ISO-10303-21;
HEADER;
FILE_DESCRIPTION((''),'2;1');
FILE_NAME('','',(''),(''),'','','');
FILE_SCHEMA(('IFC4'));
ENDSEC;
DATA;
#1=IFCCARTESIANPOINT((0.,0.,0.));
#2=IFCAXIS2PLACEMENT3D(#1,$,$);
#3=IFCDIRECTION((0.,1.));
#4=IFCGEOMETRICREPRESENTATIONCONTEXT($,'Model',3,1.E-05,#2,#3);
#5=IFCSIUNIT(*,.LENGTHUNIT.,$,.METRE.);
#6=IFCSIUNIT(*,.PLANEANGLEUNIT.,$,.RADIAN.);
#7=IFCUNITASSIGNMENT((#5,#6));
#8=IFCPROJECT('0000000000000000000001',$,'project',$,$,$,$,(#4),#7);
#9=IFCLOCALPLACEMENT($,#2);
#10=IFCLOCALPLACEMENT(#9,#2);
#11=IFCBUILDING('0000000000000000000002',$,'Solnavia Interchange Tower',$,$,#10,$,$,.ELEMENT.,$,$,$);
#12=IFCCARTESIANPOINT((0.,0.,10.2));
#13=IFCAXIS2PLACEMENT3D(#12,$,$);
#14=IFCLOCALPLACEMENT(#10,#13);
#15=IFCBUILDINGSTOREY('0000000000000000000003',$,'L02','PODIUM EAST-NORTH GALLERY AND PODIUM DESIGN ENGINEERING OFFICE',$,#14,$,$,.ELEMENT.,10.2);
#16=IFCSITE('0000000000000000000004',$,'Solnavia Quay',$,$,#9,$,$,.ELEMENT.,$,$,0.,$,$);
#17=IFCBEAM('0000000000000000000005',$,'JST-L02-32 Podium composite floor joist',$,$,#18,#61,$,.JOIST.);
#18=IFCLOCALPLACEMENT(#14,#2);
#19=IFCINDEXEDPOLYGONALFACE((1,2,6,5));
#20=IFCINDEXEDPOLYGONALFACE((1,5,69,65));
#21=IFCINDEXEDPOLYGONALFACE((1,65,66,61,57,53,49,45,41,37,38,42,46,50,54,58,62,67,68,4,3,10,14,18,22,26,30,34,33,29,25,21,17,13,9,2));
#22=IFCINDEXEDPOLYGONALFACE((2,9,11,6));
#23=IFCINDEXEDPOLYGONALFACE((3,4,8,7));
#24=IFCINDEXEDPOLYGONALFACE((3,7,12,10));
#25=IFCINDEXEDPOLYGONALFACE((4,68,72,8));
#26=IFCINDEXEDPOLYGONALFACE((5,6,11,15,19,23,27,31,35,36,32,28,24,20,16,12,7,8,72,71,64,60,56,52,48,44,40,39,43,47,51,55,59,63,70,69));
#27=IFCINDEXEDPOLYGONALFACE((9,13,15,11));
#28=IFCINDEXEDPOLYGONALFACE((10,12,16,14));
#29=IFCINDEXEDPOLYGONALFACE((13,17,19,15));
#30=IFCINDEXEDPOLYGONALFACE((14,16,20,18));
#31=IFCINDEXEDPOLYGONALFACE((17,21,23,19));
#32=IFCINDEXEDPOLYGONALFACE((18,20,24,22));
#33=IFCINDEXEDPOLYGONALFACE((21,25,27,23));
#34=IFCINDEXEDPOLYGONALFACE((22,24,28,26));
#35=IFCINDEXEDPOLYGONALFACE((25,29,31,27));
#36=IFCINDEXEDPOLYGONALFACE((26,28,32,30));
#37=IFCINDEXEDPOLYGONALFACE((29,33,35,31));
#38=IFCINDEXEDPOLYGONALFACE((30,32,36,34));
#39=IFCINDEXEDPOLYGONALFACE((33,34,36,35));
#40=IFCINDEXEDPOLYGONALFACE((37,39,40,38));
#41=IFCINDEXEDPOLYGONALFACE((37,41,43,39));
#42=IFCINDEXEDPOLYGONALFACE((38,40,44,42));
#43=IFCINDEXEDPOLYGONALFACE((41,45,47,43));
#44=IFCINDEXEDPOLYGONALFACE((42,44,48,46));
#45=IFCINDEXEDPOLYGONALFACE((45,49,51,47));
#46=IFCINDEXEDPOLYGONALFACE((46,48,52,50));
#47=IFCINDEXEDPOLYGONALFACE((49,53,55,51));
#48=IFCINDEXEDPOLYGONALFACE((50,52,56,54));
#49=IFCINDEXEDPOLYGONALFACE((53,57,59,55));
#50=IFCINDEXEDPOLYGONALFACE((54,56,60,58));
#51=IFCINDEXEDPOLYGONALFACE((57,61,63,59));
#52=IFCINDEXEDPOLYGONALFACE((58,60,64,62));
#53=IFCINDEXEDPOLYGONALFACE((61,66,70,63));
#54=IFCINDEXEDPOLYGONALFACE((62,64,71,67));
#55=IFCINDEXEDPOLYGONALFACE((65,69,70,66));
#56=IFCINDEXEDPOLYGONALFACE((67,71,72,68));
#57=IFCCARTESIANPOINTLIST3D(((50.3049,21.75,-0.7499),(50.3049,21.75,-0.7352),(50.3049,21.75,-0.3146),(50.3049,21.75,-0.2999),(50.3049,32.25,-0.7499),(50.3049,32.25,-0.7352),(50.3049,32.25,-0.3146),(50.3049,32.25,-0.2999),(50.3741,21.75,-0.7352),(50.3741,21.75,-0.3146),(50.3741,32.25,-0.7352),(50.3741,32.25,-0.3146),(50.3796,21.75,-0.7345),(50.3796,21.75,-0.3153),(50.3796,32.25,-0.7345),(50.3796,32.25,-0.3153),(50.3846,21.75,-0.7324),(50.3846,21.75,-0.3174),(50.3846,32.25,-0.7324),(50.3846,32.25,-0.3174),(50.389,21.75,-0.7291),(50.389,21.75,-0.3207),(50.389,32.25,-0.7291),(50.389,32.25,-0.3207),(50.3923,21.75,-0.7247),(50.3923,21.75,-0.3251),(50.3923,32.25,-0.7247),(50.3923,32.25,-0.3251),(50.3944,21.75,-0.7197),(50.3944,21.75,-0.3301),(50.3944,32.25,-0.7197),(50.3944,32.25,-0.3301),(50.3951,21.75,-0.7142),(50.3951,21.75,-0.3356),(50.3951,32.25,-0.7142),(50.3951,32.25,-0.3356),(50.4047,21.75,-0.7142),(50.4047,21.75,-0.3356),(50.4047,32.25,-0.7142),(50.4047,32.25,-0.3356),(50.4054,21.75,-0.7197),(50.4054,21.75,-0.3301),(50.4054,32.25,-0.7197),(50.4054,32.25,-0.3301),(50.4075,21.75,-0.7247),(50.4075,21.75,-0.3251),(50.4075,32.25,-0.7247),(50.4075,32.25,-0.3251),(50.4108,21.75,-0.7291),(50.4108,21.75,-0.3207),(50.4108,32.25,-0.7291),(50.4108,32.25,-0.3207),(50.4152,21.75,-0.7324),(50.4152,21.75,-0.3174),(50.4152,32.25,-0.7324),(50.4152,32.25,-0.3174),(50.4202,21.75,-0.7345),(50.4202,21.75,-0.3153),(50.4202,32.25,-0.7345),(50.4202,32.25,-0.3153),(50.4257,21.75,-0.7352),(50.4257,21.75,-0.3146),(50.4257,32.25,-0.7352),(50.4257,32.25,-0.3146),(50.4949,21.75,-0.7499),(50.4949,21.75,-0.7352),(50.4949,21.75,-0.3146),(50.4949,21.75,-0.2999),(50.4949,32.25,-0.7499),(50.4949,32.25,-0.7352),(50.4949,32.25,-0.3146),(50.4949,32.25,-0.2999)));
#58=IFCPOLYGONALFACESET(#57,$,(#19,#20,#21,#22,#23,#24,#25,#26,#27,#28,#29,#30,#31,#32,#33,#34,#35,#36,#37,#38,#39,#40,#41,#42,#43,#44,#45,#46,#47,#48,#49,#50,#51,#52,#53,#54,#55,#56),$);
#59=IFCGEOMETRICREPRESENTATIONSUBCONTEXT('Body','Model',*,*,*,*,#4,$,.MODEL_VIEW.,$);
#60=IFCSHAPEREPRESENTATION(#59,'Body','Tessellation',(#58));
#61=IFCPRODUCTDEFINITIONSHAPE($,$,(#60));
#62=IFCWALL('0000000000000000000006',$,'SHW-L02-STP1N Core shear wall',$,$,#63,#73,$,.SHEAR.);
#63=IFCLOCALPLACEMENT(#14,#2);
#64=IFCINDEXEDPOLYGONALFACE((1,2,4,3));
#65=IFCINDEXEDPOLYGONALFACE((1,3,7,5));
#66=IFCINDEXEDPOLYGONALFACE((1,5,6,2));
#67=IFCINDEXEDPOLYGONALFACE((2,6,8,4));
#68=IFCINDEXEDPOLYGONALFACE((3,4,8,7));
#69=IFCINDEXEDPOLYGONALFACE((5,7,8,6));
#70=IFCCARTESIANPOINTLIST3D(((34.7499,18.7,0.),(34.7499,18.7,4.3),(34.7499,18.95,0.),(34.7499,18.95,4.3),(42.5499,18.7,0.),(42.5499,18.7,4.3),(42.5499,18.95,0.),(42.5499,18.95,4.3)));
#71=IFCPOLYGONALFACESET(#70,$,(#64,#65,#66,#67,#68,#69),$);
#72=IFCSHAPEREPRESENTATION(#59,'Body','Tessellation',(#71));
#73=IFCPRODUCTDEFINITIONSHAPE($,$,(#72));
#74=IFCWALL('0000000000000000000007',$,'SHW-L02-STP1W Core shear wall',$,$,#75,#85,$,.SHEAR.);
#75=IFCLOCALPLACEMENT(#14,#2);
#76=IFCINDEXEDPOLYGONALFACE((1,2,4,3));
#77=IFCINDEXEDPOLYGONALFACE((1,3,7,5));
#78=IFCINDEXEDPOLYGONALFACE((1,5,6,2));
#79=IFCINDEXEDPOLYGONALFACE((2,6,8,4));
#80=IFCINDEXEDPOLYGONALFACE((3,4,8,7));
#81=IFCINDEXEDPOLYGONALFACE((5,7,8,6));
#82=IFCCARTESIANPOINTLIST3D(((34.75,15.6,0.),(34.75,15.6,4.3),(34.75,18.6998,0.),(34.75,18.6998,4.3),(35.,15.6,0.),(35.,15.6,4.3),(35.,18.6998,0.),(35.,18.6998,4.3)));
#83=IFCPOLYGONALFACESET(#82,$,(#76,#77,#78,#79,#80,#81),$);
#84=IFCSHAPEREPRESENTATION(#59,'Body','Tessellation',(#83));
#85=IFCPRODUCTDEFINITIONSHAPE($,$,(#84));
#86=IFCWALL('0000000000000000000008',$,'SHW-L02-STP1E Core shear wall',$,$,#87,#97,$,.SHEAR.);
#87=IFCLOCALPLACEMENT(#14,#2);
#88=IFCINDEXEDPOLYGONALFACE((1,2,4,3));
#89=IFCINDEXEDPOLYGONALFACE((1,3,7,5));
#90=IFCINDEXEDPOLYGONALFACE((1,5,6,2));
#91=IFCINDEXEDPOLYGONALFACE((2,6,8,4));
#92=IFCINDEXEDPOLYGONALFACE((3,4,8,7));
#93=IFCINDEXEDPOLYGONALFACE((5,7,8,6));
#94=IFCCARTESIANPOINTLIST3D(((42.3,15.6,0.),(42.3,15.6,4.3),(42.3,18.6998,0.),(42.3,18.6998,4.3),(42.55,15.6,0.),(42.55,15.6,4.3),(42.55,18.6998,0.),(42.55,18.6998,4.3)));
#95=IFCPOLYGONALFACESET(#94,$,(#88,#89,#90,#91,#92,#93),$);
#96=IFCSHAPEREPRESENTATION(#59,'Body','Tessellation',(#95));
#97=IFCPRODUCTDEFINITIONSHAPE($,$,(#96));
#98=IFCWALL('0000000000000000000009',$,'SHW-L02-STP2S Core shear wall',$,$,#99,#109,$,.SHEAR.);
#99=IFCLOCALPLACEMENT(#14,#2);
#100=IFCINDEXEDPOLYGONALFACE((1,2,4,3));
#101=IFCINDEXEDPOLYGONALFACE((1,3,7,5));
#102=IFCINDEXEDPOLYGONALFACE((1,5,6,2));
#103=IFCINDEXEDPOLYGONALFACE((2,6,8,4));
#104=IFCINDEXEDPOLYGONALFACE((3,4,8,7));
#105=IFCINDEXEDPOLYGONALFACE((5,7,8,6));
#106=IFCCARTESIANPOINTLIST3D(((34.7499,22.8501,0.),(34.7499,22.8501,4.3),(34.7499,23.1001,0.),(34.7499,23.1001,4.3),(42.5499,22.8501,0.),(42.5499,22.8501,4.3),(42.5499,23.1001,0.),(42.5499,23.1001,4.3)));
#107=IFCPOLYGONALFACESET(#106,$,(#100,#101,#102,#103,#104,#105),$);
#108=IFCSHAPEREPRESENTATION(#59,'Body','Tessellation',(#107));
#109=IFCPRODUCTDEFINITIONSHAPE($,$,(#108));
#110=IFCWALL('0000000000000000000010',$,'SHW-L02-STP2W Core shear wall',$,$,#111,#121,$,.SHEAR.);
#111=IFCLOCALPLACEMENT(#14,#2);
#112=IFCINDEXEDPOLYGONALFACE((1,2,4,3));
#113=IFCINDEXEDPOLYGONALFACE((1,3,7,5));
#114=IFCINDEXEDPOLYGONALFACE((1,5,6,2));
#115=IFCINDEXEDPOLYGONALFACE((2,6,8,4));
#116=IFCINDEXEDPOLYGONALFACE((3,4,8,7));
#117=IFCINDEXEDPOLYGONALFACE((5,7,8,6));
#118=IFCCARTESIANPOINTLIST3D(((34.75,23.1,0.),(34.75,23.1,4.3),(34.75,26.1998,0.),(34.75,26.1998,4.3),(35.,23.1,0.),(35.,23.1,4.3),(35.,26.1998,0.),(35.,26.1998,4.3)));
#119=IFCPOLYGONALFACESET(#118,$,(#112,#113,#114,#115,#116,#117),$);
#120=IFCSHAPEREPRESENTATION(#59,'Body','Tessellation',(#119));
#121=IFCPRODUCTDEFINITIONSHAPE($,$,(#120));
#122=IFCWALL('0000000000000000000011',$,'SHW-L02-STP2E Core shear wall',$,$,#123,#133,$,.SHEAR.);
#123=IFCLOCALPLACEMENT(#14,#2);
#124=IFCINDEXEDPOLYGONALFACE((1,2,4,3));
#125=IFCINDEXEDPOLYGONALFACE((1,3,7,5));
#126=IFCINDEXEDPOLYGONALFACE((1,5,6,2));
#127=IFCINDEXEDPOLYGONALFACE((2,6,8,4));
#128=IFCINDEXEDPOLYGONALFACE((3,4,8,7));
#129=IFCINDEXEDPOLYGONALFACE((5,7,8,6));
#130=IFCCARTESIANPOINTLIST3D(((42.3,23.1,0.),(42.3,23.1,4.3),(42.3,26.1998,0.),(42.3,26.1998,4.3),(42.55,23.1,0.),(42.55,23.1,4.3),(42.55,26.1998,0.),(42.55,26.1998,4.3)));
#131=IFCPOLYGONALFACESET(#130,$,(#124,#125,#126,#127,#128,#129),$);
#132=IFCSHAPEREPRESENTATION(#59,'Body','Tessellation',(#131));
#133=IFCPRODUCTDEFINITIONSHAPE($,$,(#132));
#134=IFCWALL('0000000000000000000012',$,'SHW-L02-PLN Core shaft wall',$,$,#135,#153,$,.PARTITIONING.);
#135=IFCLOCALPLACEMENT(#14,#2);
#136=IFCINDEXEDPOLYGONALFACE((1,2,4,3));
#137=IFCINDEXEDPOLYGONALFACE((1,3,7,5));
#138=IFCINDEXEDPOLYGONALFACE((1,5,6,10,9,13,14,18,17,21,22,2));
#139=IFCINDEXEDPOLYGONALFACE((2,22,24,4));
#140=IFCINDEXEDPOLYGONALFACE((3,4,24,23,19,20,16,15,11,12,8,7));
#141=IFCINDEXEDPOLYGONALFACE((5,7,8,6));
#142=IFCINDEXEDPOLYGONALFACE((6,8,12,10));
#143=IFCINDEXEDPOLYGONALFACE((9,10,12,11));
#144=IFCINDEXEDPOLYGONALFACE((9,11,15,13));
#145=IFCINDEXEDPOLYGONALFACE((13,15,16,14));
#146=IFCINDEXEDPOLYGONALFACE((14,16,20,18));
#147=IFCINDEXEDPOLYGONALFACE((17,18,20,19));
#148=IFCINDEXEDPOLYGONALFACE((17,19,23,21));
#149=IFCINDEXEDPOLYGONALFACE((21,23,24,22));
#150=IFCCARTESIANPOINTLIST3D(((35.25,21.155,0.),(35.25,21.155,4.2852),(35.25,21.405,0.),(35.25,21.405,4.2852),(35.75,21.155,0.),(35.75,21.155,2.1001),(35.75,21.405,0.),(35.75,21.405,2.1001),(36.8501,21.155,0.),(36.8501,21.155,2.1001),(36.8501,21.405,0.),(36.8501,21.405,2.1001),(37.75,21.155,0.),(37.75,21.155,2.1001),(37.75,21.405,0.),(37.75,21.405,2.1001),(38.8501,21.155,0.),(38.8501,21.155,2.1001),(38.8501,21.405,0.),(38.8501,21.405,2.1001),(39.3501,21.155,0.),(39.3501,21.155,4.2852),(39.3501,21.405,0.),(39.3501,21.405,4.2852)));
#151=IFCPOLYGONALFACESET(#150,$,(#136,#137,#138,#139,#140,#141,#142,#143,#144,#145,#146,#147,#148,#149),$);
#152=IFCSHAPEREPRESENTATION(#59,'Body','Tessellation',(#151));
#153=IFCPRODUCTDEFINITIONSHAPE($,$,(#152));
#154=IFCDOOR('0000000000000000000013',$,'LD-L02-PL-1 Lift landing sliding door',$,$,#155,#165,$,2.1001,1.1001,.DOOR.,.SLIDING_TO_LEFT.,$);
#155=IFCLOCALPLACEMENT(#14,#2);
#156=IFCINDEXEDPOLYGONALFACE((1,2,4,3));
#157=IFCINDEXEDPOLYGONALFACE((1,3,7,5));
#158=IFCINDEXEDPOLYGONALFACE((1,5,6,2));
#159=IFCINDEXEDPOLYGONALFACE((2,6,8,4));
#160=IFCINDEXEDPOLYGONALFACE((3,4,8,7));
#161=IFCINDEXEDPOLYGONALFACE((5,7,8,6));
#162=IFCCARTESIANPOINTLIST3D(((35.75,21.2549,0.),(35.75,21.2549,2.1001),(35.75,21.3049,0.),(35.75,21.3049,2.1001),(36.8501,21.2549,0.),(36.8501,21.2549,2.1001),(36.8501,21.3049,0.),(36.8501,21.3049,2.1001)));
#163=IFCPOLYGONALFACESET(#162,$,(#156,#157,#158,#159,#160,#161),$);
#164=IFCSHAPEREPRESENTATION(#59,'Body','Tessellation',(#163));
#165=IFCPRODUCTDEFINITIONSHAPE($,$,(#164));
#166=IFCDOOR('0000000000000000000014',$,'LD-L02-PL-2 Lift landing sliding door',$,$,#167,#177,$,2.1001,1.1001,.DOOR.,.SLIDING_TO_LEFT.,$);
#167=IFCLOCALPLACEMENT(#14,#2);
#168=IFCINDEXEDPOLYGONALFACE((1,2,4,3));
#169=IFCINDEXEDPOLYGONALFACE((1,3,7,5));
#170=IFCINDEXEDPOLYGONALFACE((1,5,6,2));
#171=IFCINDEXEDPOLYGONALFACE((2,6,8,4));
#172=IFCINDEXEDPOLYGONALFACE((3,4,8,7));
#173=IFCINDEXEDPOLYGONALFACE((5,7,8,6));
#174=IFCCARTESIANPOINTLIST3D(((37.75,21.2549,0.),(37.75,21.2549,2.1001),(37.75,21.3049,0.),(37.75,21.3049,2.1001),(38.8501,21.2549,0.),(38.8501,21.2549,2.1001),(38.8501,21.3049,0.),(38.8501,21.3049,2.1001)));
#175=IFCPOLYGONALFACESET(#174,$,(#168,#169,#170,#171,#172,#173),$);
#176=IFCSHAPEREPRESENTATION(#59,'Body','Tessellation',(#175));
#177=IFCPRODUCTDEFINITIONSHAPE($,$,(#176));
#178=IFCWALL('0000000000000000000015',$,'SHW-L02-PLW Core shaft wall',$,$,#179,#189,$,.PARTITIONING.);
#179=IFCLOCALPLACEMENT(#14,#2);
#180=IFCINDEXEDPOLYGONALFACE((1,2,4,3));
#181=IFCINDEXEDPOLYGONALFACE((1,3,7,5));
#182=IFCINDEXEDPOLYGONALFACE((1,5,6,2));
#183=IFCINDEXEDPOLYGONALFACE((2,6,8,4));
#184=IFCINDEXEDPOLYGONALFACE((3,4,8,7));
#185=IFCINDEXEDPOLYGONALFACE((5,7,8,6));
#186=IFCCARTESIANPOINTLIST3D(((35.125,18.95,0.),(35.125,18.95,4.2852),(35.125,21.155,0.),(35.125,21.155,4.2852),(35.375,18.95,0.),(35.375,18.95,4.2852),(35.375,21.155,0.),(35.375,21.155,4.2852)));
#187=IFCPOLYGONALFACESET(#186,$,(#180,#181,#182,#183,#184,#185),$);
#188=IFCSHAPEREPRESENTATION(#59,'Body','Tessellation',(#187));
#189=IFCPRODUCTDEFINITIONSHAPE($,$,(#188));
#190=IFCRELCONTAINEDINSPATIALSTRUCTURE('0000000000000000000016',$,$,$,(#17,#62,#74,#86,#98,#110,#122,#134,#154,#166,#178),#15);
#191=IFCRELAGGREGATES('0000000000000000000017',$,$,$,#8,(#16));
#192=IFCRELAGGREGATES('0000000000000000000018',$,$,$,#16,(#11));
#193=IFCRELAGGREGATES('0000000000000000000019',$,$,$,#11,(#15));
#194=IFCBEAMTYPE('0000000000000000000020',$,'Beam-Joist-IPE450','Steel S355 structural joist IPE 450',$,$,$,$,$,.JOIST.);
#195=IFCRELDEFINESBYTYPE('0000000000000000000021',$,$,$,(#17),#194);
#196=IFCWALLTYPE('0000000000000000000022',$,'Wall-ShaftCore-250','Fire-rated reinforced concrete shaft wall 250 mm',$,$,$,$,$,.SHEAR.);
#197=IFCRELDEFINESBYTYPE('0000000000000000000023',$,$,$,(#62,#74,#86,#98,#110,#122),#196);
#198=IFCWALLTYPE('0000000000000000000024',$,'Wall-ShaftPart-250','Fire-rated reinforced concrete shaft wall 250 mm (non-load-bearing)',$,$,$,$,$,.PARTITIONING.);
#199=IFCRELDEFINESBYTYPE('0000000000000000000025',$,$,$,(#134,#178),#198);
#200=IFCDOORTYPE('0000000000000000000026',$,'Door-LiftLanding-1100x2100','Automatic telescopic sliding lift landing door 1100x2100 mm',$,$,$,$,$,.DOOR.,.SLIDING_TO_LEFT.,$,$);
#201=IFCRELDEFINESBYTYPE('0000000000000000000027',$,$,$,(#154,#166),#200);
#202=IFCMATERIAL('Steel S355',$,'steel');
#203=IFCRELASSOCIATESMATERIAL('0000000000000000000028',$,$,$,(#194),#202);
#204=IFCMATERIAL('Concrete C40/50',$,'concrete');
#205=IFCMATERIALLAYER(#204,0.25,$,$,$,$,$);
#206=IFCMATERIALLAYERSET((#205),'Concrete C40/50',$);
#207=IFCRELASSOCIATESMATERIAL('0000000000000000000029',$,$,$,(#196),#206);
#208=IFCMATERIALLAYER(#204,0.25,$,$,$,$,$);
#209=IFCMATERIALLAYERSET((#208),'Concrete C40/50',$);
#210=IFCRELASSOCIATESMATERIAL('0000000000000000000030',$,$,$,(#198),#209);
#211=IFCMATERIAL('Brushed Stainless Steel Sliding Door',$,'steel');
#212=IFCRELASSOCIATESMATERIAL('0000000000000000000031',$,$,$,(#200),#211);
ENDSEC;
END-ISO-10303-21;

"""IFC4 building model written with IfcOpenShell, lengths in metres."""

from ifc_helpers import new_model, si_unit, direction, frame, frame_2d, origin, origin_2d, place, context, subcontext, project, spatial, rectangle, i_section, extrude, material, layer, layer_set, material_profile, profile_set, type_object, element, fill, save


model = new_model("IFC4")

# Units and contexts
model_context = context("Model", 3, precision=1e-05, world=origin(), true_north=direction((0.0, 1.0)))
body_context = subcontext(model_context, "Body", "Model", "MODEL_VIEW")
ifc_project = project(units=[si_unit("LENGTHUNIT", "METRE"), si_unit("PLANEANGLEUNIT", "RADIAN")], contexts=[model_context])

# Site, building, storey
site_placement = place(None, origin())
site = spatial("IfcSite", under=ifc_project, at=site_placement, Name="Solnavia Quay", CompositionType="ELEMENT", RefElevation=0.0)
building_placement = place(site_placement, origin())
building = spatial("IfcBuilding", under=site, at=building_placement, Name="Solnavia Interchange Tower", CompositionType="ELEMENT")
storey_placement = place(building_placement, frame((0.0, 0.0, 10.2)))
storey = spatial("IfcBuildingStorey", under=building, at=storey_placement, Name="L02", Description="PODIUM EAST-NORTH GALLERY AND PODIUM DESIGN ENGINEERING OFFICE", CompositionType="ELEMENT", Elevation=10.2)

# Beam
ifc_material_1 = material(Name="Steel S355", Category="steel")
ifc_material_profile_1 = material_profile(ifc_material_1, i_section(OverallWidth=0.1899, OverallDepth=0.45, WebThickness=0.0095, FlangeThickness=0.0146, FilletRadius=0.021, at=origin_2d()), Name="IPE 450")
ifc_profile_set_1 = profile_set([ifc_material_profile_1], Name="Steel S355")
beam_type_1 = type_object("IfcBeamType", Name="Beam-Joist-IPE450", Description="Steel S355 structural joist IPE 450", PredefinedType="JOIST", material=ifc_profile_set_1)
for number, where, z_axis, x_axis, name in (
    (1, (50.3999, 21.75, -0.5249), (0.0, 1.0, 0.0), (-1.0, 0.0, 0.0), "JST-L02-32 Podium composite floor joist"),
):
    element("IfcBeam", number, at=place(storey_placement, frame(where, z_axis=z_axis, x_axis=x_axis)), inside=storey, type_object=beam_type_1, Name=name, PredefinedType="JOIST", context=body_context, shape_type="SweptSolid", body=[
        extrude(i_section(OverallWidth=0.1899, OverallDepth=0.45, WebThickness=0.0095, FlangeThickness=0.0146, FilletRadius=0.021, at=origin_2d()), origin(), (0.0, 0.0, 1.0), 10.5),
    ])

# Walls
ifc_material_2 = material(Name="Concrete C40/50", Category="concrete")
ifc_layer_1 = layer(ifc_material_2, 0.25)
ifc_layer_set_1 = layer_set([ifc_layer_1], Name="Concrete C40/50")
wall_type_1 = type_object("IfcWallType", Name="Wall-ShaftCore-250", Description="Fire-rated reinforced concrete shaft wall 250 mm", PredefinedType="SHEAR", material=ifc_layer_set_1)
wall_1_placement = place(storey_placement, frame((34.75, 18.825, 0.0), z_axis=(0.0, 0.0, 1.0), x_axis=(1.0, 0.0, 0.0)))
element("IfcWall", 2, at=wall_1_placement, inside=storey, type_object=wall_type_1, Name="SHW-L02-STP1N Core shear wall", PredefinedType="SHEAR", context=body_context, shape_type="SweptSolid", body=[
    extrude(rectangle(XDim=7.8, YDim=0.25, at=frame_2d((3.8999, 0.0))), origin(), (0.0, 0.0, 1.0), 4.3),
])
for number, where, z_axis, x_axis, name in (
    (3, (34.875, 15.6001, 0.0), (0.0, 0.0, 1.0), (0.0, 1.0, 0.0), "SHW-L02-STP1W Core shear wall"),
    (4, (42.425, 15.6001, 0.0), (0.0, 0.0, 1.0), (0.0, 1.0, 0.0), "SHW-L02-STP1E Core shear wall"),
):
    element("IfcWall", number, at=place(storey_placement, frame(where, z_axis=z_axis, x_axis=x_axis)), inside=storey, type_object=wall_type_1, Name=name, PredefinedType="SHEAR", context=body_context, shape_type="SweptSolid", body=[
        extrude(rectangle(XDim=3.0999, YDim=0.25, at=frame_2d((1.5498, 0.0))), origin(), (0.0, 0.0, 1.0), 4.3),
    ])
wall_2_placement = place(storey_placement, frame((34.75, 22.9751, 0.0), z_axis=(0.0, 0.0, 1.0), x_axis=(1.0, 0.0, 0.0)))
element("IfcWall", 5, at=wall_2_placement, inside=storey, type_object=wall_type_1, Name="SHW-L02-STP2S Core shear wall", PredefinedType="SHEAR", context=body_context, shape_type="SweptSolid", body=[
    extrude(rectangle(XDim=7.8, YDim=0.25, at=frame_2d((3.8999, 0.0))), origin(), (0.0, 0.0, 1.0), 4.3),
])
for number, where, z_axis, x_axis, name in (
    (6, (34.875, 23.1001, 0.0), (0.0, 0.0, 1.0), (0.0, 1.0, 0.0), "SHW-L02-STP2W Core shear wall"),
    (7, (42.425, 23.1001, 0.0), (0.0, 0.0, 1.0), (0.0, 1.0, 0.0), "SHW-L02-STP2E Core shear wall"),
):
    element("IfcWall", number, at=place(storey_placement, frame(where, z_axis=z_axis, x_axis=x_axis)), inside=storey, type_object=wall_type_1, Name=name, PredefinedType="SHEAR", context=body_context, shape_type="SweptSolid", body=[
        extrude(rectangle(XDim=3.0999, YDim=0.25, at=frame_2d((1.5498, 0.0))), origin(), (0.0, 0.0, 1.0), 4.3),
    ])

# Wall, openings, doors
ifc_layer_2 = layer(ifc_material_2, 0.25)
ifc_layer_set_2 = layer_set([ifc_layer_2], Name="Concrete C40/50")
wall_type_2 = type_object("IfcWallType", Name="Wall-ShaftPart-250", Description="Fire-rated reinforced concrete shaft wall 250 mm (non-load-bearing)", PredefinedType="PARTITIONING", material=ifc_layer_set_2)
wall_3_placement = place(storey_placement, frame((35.25, 21.28, 0.0), z_axis=(0.0, 0.0, 1.0), x_axis=(1.0, 0.0, 0.0)))
wall_3 = element("IfcWall", 8, at=wall_3_placement, inside=storey, type_object=wall_type_2, Name="SHW-L02-PLN Core shaft wall", PredefinedType="PARTITIONING", context=body_context, shape_type="SweptSolid", body=[
    extrude(rectangle(XDim=4.1001, YDim=0.25, at=frame_2d((2.05, 0.0))), origin(), (0.0, 0.0, 1.0), 4.2852),
])
opening_1_placement = place(wall_3_placement, frame((0.5, 0.0, 0.0)))
opening_1 = element("IfcOpeningElement", 9, at=opening_1_placement, cuts=wall_3, PredefinedType="OPENING", context=body_context, shape_type="SweptSolid", body=[
    extrude(rectangle(XDim=1.1001, YDim=2.1001, at=frame_2d((0.55, 1.05))), frame((0.0, 0.135, 0.0), z_axis=(0.0, -1.0, 0.0), x_axis=(1.0, 0.0, 0.0)), (0.0, 0.0, 1.0), 0.27),
])
opening_2_placement = place(wall_3_placement, frame((2.5, 0.0, 0.0)))
opening_2 = element("IfcOpeningElement", 10, at=opening_2_placement, cuts=wall_3, PredefinedType="OPENING", context=body_context, shape_type="SweptSolid", body=[
    extrude(rectangle(XDim=1.1001, YDim=2.1001, at=frame_2d((0.55, 1.05))), frame((0.0, 0.135, 0.0), z_axis=(0.0, -1.0, 0.0), x_axis=(1.0, 0.0, 0.0)), (0.0, 0.0, 1.0), 0.27),
])
ifc_material_3 = material(Name="Brushed Stainless Steel Sliding Door", Category="steel")
door_type = type_object("IfcDoorType", Name="Door-LiftLanding-1100x2100", Description="Automatic telescopic sliding lift landing door 1100x2100 mm", OperationType="SLIDING_TO_LEFT", PredefinedType="DOOR", material=ifc_material_3)
door_1_placement = place(opening_1_placement, origin())
door_1 = element("IfcDoor", 11, at=door_1_placement, inside=storey, type_object=door_type, Name="LD-L02-PL-1 Lift landing sliding door", OperationType="SLIDING_TO_LEFT", OverallHeight=2.1001, OverallWidth=1.1001, PredefinedType="DOOR", context=body_context, shape_type="SweptSolid", body=[
    extrude(rectangle(XDim=1.1001, YDim=2.1001, at=frame_2d((0.55, 1.05))), frame((0.0, 0.0249, 0.0), z_axis=(0.0, -1.0, 0.0), x_axis=(1.0, 0.0, 0.0)), (0.0, 0.0, 1.0), 0.05),
])
fill(opening_1, door_1)
door_2_placement = place(opening_2_placement, origin())
door_2 = element("IfcDoor", 12, at=door_2_placement, inside=storey, type_object=door_type, Name="LD-L02-PL-2 Lift landing sliding door", OperationType="SLIDING_TO_LEFT", OverallHeight=2.1001, OverallWidth=1.1001, PredefinedType="DOOR", context=body_context, shape_type="SweptSolid", body=[
    extrude(rectangle(XDim=1.1001, YDim=2.1001, at=frame_2d((0.55, 1.05))), frame((0.0, 0.0249, 0.0), z_axis=(0.0, -1.0, 0.0), x_axis=(1.0, 0.0, 0.0)), (0.0, 0.0, 1.0), 0.05),
])
fill(opening_2, door_2)

# Wall
for number, where, z_axis, x_axis, name in (
    (13, (35.25, 18.95, 0.0), (0.0, 0.0, 1.0), (0.0, 1.0, 0.0), "SHW-L02-PLW Core shaft wall"),
):
    element("IfcWall", number, at=place(storey_placement, frame(where, z_axis=z_axis, x_axis=x_axis)), inside=storey, type_object=wall_type_2, Name=name, PredefinedType="PARTITIONING", context=body_context, shape_type="SweptSolid", body=[
        extrude(rectangle(XDim=2.2051, YDim=0.25, at=frame_2d((1.1025, 0.0))), origin(), (0.0, 0.0, 1.0), 4.2852),
    ])

save(model, "model.ifc")
